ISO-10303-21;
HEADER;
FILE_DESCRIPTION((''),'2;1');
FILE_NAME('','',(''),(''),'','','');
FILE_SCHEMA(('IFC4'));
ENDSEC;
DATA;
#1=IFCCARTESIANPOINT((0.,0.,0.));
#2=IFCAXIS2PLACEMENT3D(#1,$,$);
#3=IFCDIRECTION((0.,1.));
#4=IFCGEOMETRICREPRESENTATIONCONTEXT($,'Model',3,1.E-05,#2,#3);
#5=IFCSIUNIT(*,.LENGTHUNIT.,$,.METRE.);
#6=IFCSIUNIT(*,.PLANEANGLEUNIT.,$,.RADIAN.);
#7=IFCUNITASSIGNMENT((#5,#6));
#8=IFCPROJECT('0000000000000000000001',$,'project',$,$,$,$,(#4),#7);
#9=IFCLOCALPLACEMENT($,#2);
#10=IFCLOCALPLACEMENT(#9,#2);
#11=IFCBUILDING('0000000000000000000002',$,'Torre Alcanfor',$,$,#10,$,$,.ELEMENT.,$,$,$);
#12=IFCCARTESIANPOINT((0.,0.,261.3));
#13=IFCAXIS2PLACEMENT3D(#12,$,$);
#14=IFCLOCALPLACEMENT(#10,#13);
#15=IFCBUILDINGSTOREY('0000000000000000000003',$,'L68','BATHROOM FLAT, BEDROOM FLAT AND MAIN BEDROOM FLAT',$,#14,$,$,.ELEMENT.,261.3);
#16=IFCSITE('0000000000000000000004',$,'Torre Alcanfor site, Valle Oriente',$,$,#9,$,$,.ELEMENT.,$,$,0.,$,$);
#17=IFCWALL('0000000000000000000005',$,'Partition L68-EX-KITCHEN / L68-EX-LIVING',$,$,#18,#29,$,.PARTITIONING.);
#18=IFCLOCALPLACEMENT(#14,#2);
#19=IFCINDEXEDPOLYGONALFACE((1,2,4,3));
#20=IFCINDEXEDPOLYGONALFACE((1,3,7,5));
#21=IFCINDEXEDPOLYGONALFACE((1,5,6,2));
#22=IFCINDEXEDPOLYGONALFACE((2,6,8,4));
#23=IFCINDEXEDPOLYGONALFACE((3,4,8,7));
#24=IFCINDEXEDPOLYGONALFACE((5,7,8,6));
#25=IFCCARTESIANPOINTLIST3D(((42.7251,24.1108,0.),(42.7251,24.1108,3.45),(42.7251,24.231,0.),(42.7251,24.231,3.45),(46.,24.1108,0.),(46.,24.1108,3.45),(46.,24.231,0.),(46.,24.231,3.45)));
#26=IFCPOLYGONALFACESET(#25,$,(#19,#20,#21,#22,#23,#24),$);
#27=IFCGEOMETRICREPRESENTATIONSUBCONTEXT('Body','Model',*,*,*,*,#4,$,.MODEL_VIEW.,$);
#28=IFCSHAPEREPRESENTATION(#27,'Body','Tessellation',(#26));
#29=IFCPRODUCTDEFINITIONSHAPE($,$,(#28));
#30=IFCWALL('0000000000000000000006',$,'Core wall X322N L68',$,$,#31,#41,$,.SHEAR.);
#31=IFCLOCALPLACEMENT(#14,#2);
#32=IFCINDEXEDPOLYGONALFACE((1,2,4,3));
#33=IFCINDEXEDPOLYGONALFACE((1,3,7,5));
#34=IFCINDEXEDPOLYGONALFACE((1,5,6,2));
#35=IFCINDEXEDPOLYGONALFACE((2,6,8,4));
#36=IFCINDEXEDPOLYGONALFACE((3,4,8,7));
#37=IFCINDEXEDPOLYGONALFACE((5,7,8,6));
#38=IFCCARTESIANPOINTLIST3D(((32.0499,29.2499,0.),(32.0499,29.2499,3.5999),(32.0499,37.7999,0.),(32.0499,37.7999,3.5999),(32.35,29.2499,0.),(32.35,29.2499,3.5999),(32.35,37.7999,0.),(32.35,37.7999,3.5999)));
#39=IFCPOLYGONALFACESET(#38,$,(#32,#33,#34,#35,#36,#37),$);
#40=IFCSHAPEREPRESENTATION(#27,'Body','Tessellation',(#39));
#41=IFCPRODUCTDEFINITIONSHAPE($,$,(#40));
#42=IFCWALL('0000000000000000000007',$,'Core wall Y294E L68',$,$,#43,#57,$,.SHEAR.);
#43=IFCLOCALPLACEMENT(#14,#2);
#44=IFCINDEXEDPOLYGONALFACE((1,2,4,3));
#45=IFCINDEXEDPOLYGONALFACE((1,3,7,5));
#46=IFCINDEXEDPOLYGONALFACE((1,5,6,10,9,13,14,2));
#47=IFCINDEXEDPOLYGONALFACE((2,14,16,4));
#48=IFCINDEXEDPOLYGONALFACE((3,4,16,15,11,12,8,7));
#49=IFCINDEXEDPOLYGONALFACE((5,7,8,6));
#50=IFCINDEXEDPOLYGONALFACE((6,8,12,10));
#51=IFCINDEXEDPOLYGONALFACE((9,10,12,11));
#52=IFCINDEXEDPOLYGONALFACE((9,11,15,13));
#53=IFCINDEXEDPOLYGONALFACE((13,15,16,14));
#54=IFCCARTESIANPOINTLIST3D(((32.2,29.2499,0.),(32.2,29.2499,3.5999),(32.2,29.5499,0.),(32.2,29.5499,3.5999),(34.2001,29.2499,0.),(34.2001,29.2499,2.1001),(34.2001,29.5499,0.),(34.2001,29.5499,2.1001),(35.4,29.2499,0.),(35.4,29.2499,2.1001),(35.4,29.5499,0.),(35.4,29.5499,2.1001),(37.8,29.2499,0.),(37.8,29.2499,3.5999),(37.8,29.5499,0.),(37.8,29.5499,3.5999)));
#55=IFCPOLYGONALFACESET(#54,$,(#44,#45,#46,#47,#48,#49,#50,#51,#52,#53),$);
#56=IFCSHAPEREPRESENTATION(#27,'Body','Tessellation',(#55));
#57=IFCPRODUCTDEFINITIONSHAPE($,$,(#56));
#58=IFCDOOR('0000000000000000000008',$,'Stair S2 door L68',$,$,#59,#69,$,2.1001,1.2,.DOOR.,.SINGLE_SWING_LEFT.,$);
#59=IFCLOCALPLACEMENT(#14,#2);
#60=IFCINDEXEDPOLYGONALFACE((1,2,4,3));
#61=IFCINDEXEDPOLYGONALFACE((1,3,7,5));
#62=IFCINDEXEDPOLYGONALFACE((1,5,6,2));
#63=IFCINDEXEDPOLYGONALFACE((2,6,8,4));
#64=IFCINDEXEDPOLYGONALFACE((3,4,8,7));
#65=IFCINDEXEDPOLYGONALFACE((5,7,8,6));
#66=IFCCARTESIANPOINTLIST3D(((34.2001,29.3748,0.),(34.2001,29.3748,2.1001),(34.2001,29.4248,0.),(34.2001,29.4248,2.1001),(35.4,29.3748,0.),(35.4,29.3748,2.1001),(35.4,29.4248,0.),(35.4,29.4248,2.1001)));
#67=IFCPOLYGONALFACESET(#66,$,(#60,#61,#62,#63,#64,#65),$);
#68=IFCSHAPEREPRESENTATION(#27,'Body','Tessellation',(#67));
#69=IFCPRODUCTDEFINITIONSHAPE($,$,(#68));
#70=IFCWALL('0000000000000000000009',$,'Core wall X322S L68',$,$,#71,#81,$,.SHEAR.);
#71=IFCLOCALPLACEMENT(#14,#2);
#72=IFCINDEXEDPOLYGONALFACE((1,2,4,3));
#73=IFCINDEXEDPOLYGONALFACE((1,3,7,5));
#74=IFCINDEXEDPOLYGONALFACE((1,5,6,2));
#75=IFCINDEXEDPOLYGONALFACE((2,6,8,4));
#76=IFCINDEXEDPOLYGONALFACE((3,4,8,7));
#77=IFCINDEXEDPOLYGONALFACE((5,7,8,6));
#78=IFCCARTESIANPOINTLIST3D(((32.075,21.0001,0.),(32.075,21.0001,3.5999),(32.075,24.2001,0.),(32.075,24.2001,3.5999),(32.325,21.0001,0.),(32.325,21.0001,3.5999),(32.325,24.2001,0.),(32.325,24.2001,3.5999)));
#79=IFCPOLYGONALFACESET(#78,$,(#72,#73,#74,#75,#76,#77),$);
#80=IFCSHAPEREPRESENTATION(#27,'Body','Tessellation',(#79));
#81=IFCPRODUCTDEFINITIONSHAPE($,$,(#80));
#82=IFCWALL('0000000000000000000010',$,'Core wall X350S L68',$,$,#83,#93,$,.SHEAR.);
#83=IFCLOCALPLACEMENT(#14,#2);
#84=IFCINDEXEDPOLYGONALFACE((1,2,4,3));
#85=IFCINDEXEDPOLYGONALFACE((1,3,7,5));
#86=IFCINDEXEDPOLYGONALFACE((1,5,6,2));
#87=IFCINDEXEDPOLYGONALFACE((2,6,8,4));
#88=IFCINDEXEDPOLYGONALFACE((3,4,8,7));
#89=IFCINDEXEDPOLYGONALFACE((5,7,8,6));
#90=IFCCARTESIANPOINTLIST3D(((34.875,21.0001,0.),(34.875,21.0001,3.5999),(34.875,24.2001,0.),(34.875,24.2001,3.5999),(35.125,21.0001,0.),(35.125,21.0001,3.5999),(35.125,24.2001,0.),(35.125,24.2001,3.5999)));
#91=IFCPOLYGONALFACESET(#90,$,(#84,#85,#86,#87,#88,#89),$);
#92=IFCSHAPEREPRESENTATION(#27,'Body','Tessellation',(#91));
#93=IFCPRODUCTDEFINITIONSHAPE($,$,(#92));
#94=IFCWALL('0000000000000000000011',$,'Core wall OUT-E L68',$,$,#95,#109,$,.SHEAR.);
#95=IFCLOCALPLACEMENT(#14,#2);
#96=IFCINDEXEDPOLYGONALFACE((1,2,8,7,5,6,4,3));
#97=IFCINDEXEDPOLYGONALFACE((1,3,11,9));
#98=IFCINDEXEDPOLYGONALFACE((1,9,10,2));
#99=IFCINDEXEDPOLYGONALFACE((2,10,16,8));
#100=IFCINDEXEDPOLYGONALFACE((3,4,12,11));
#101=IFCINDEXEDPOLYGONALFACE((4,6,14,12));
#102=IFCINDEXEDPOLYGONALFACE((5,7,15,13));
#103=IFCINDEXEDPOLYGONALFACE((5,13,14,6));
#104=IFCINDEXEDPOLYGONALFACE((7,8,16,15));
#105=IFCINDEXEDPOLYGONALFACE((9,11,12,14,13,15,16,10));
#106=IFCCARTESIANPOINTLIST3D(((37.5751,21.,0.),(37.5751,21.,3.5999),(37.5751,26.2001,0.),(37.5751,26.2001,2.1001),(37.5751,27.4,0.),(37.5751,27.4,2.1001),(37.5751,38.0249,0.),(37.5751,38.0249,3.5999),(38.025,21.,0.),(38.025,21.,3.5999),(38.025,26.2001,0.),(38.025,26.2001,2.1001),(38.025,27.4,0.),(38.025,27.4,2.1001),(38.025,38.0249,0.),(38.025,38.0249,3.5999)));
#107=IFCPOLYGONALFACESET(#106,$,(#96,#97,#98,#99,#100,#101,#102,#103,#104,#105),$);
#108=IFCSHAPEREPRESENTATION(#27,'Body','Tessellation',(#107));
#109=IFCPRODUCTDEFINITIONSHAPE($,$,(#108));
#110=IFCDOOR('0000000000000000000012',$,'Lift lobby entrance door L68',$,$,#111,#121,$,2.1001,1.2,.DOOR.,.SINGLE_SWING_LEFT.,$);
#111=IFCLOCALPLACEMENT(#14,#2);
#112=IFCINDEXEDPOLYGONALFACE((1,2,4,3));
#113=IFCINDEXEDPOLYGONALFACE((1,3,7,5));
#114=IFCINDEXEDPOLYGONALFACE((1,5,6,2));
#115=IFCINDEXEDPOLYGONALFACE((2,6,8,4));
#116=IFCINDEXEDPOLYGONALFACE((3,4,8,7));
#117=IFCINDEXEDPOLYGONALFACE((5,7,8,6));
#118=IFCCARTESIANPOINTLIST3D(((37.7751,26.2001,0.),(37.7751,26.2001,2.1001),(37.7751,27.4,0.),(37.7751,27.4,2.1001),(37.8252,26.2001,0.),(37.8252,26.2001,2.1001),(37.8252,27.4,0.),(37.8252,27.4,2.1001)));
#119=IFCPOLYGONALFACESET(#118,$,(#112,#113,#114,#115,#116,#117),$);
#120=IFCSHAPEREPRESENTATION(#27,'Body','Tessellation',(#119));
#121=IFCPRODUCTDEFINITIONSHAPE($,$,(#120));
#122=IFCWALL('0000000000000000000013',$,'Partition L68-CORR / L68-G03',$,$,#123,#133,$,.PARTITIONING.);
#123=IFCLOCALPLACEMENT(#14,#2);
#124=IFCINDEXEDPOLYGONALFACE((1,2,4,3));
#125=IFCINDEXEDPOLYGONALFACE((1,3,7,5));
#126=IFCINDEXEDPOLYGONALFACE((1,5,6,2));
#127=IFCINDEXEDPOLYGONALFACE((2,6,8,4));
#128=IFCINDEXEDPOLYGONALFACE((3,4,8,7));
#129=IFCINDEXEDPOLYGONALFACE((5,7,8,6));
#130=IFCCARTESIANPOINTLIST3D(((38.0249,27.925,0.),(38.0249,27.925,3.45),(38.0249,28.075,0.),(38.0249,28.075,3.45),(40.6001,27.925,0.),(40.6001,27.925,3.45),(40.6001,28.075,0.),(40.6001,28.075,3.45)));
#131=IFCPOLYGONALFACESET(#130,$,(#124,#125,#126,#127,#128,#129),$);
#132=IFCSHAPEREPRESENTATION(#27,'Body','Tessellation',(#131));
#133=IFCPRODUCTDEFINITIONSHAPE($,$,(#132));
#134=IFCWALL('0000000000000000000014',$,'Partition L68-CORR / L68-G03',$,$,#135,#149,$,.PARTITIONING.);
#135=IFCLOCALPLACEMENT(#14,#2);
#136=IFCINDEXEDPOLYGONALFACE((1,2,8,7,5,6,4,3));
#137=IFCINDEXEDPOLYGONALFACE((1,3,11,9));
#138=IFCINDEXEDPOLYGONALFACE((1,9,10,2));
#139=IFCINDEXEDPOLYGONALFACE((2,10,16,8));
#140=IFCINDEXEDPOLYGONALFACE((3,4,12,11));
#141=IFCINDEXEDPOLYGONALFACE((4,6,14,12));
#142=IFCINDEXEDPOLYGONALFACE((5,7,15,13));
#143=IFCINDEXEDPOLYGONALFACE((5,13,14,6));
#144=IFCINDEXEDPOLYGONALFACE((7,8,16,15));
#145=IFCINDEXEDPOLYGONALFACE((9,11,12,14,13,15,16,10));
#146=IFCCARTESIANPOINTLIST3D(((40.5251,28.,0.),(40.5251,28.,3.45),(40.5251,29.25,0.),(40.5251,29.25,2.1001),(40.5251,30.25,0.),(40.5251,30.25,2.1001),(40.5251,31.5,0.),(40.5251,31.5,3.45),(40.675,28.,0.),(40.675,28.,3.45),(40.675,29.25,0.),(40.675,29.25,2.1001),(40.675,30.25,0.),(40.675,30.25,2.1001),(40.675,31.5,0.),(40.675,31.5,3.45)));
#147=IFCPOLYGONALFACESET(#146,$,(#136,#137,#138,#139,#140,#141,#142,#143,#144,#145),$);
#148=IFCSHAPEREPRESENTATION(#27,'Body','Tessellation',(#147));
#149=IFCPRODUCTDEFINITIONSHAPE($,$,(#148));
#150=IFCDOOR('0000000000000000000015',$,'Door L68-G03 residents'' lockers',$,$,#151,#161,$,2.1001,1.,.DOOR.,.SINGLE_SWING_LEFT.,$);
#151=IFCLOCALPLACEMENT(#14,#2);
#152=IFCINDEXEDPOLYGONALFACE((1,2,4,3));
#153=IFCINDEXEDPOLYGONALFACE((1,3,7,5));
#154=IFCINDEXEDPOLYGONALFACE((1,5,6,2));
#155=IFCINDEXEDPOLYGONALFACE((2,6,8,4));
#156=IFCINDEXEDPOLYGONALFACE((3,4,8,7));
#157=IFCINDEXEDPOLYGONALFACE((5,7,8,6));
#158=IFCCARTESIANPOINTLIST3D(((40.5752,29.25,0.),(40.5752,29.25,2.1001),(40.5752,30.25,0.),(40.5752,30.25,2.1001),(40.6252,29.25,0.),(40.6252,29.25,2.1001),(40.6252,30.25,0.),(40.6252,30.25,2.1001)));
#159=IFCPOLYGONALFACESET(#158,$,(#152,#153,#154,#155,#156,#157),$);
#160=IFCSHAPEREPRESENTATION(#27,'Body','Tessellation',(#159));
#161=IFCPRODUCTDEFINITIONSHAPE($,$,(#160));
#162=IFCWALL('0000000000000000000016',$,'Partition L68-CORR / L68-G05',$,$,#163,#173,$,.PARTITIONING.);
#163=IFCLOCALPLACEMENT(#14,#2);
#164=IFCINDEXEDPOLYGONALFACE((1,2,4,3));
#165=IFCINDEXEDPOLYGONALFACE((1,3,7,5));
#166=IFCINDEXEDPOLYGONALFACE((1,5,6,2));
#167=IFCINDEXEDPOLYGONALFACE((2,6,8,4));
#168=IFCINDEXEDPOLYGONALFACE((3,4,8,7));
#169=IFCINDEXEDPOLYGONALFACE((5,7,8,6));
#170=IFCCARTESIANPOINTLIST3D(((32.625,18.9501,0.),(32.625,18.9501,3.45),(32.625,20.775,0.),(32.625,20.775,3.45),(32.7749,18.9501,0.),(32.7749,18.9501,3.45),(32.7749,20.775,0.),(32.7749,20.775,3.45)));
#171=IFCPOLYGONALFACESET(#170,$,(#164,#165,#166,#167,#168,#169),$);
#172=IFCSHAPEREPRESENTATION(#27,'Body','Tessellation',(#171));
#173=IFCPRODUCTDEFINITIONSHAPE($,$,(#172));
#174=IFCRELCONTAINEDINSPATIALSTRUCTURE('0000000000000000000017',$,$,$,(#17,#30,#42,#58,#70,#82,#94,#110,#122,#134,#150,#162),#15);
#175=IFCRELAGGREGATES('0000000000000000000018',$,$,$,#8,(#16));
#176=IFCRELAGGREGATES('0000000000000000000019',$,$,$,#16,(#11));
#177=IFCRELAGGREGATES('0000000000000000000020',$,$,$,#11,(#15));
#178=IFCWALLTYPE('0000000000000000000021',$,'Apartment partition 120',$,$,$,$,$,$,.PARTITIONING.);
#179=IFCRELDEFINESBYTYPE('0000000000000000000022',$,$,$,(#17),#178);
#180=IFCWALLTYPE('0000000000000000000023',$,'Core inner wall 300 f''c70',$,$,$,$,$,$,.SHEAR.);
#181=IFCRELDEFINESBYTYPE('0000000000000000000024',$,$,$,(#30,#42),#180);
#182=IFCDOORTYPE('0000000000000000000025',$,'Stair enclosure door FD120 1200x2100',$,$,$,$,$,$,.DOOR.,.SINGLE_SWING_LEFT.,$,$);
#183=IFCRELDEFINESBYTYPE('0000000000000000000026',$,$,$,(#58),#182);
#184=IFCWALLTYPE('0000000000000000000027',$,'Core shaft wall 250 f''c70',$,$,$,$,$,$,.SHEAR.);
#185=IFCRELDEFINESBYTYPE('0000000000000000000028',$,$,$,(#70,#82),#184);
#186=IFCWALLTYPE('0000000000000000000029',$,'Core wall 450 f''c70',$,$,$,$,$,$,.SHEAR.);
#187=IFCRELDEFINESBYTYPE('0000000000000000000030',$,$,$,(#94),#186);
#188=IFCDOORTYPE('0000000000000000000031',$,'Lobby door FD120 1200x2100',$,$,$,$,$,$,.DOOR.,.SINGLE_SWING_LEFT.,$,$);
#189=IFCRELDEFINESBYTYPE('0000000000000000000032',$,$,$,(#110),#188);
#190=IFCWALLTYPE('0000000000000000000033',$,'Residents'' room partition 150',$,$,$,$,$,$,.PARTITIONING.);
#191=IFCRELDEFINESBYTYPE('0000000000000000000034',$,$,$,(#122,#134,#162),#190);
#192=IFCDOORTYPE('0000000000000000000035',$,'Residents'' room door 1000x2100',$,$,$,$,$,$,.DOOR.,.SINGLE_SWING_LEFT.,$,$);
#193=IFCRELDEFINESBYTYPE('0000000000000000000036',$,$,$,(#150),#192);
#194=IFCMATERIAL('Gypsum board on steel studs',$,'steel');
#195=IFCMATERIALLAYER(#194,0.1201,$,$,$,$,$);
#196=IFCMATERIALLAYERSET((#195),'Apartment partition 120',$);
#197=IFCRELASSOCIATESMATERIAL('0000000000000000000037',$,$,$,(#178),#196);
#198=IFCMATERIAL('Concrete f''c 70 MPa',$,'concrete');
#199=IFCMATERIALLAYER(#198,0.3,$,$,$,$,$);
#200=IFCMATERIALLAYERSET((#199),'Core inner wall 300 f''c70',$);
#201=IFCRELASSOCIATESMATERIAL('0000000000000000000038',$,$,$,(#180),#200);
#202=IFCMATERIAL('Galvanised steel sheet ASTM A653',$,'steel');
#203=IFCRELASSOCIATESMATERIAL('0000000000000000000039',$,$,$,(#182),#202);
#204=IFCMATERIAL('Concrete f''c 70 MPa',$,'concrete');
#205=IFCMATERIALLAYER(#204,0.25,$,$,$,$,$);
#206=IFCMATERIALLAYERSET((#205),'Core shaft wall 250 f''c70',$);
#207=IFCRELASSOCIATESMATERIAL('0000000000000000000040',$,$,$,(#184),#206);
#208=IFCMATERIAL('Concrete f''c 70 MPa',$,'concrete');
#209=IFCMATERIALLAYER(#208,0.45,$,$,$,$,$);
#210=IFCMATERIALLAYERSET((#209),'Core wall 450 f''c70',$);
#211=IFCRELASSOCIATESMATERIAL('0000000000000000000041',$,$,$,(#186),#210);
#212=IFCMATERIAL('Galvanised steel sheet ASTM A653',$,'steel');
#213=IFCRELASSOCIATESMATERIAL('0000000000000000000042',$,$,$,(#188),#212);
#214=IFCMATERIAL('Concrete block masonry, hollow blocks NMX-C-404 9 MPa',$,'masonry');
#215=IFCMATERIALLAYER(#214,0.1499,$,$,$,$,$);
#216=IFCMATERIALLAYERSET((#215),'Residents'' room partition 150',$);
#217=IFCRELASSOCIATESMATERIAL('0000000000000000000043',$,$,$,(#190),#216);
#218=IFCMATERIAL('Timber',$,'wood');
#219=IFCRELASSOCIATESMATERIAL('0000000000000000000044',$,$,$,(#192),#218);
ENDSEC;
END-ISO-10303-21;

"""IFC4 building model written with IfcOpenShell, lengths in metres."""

from ifc_helpers import new_model, si_unit, direction, frame, frame_2d, origin, place, context, subcontext, project, spatial, rectangle, extrude, material, layer, layer_set, type_object, element, fill, save


model = new_model("IFC4")

# Units and contexts
model_context = context("Model", 3, precision=1e-05, world=origin(), true_north=direction((0.0, 1.0)))
body_context = subcontext(model_context, "Body", "Model", "MODEL_VIEW")
ifc_project = project(units=[si_unit("LENGTHUNIT", "METRE"), si_unit("PLANEANGLEUNIT", "RADIAN")], contexts=[model_context])

# Site, building, storey
site_placement = place(None, origin())
site = spatial("IfcSite", under=ifc_project, at=site_placement, Name="Torre Alcanfor site, Valle Oriente", CompositionType="ELEMENT", RefElevation=0.0)
building_placement = place(site_placement, origin())
building = spatial("IfcBuilding", under=site, at=building_placement, Name="Torre Alcanfor", CompositionType="ELEMENT")
storey_placement = place(building_placement, frame((0.0, 0.0, 261.3)))
storey = spatial("IfcBuildingStorey", under=building, at=storey_placement, Name="L68", Description="BATHROOM FLAT, BEDROOM FLAT AND MAIN BEDROOM FLAT", CompositionType="ELEMENT", Elevation=261.3)

# Shared definitions
ifc_material_1 = material(Name="Gypsum board on steel studs", Category="steel")
ifc_layer_1 = layer(ifc_material_1, 0.1201)
ifc_layer_set_1 = layer_set([ifc_layer_1], Name="Apartment partition 120")
wall_type_1 = type_object("IfcWallType", Name="Apartment partition 120", PredefinedType="PARTITIONING", material=ifc_layer_set_1)

# Walls
wall_1_placement = place(storey_placement, frame((42.7251, 24.1709, 0.0), z_axis=(0.0, 0.0, 1.0), x_axis=(1.0, 0.0, 0.0)))
element("IfcWall", 1, at=wall_1_placement, inside=storey, type_object=wall_type_1, Name="Partition L68-EX-KITCHEN / L68-EX-LIVING", PredefinedType="PARTITIONING", context=body_context, shape_type="SweptSolid", body=[
    extrude(rectangle(XDim=3.2749, YDim=0.1201, at=frame_2d((1.6375, 0.0))), origin(), (0.0, 0.0, 1.0), 3.45),
])
ifc_material_2 = material(Name="Concrete f'c 70 MPa", Category="concrete")
ifc_layer_2 = layer(ifc_material_2, 0.3)
ifc_layer_set_2 = layer_set([ifc_layer_2], Name="Core inner wall 300 f'c70")
wall_type_2 = type_object("IfcWallType", Name="Core inner wall 300 f'c70", PredefinedType="SHEAR", material=ifc_layer_set_2)
wall_2_placement = place(storey_placement, frame((32.2, 29.25, 0.0), z_axis=(0.0, 0.0, 1.0), x_axis=(0.0, 1.0, 0.0)))
element("IfcWall", 2, at=wall_2_placement, inside=storey, type_object=wall_type_2, Name="Core wall X322N L68", PredefinedType="SHEAR", context=body_context, shape_type="SweptSolid", body=[
    extrude(rectangle(XDim=8.55, YDim=0.3, at=frame_2d((4.2749, 0.0))), origin(), (0.0, 0.0, 1.0), 3.5999),
])

# Wall, opening, door
wall_3_placement = place(storey_placement, frame((32.2, 29.3999, 0.0), z_axis=(0.0, 0.0, 1.0), x_axis=(1.0, 0.0, 0.0)))
wall_3 = element("IfcWall", 3, at=wall_3_placement, inside=storey, type_object=wall_type_2, Name="Core wall Y294E L68", PredefinedType="SHEAR", context=body_context, shape_type="SweptSolid", body=[
    extrude(rectangle(XDim=5.6001, YDim=0.3, at=frame_2d((2.8, 0.0))), origin(), (0.0, 0.0, 1.0), 3.5999),
])
opening_1_placement = place(wall_3_placement, frame((2.0, 0.0, 0.0)))
opening_1 = element("IfcOpeningElement", 4, at=opening_1_placement, cuts=wall_3, PredefinedType="OPENING", context=body_context, shape_type="SweptSolid", body=[
    extrude(rectangle(XDim=1.2, YDim=2.1001, at=frame_2d((0.6001, 1.05))), frame((0.0, 0.1599, 0.0), z_axis=(0.0, -1.0, 0.0), x_axis=(1.0, 0.0, 0.0)), (0.0, 0.0, 1.0), 0.3201),
])
ifc_material_3 = material(Name="Galvanised steel sheet ASTM A653", Category="steel")
door_type_1 = type_object("IfcDoorType", Name="Stair enclosure door FD120 1200x2100", OperationType="SINGLE_SWING_LEFT", PredefinedType="DOOR", material=ifc_material_3)
door_1_placement = place(opening_1_placement, origin())
door_1 = element("IfcDoor", 5, at=door_1_placement, inside=storey, type_object=door_type_1, Name="Stair S2 door L68", OperationType="SINGLE_SWING_LEFT", OverallHeight=2.1001, OverallWidth=1.2, PredefinedType="DOOR", context=body_context, shape_type="SweptSolid", body=[
    extrude(rectangle(XDim=1.2, YDim=2.1001, at=frame_2d((0.6001, 1.05))), frame((0.0, 0.0249, 0.0), z_axis=(0.0, -1.0, 0.0), x_axis=(1.0, 0.0, 0.0)), (0.0, 0.0, 1.0), 0.05),
])
fill(opening_1, door_1)

# Walls
ifc_material_4 = material(Name="Concrete f'c 70 MPa", Category="concrete")
ifc_layer_3 = layer(ifc_material_4, 0.25)
ifc_layer_set_3 = layer_set([ifc_layer_3], Name="Core shaft wall 250 f'c70")
wall_type_3 = type_object("IfcWallType", Name="Core shaft wall 250 f'c70", PredefinedType="SHEAR", material=ifc_layer_set_3)
for number, where, z_axis, x_axis, name in (
    (6, (32.2, 21.0, 0.0), (0.0, 0.0, 1.0), (0.0, 1.0, 0.0), "Core wall X322S L68"),
    (7, (35.0, 21.0, 0.0), (0.0, 0.0, 1.0), (0.0, 1.0, 0.0), "Core wall X350S L68"),
):
    element("IfcWall", number, at=place(storey_placement, frame(where, z_axis=z_axis, x_axis=x_axis)), inside=storey, type_object=wall_type_3, Name=name, PredefinedType="SHEAR", context=body_context, shape_type="SweptSolid", body=[
        extrude(rectangle(XDim=3.2, YDim=0.25, at=frame_2d((1.6001, 0.0))), origin(), (0.0, 0.0, 1.0), 3.5999),
    ])

# Wall, opening, door
ifc_material_5 = material(Name="Concrete f'c 70 MPa", Category="concrete")
ifc_layer_4 = layer(ifc_material_5, 0.45)
ifc_layer_set_4 = layer_set([ifc_layer_4], Name="Core wall 450 f'c70")
wall_type_4 = type_object("IfcWallType", Name="Core wall 450 f'c70", PredefinedType="SHEAR", material=ifc_layer_set_4)
wall_4_placement = place(storey_placement, frame((37.8, 21.0, 0.0), z_axis=(0.0, 0.0, 1.0), x_axis=(0.0, 1.0, 0.0)))
wall_4 = element("IfcWall", 8, at=wall_4_placement, inside=storey, type_object=wall_type_4, Name="Core wall OUT-E L68", PredefinedType="SHEAR", context=body_context, shape_type="SweptSolid", body=[
    extrude(rectangle(XDim=17.0249, YDim=0.45, at=frame_2d((8.5125, 0.0))), origin(), (0.0, 0.0, 1.0), 3.5999),
])
opening_2_placement = place(wall_4_placement, frame((5.2, 0.0, 0.0)))
opening_2 = element("IfcOpeningElement", 9, at=opening_2_placement, cuts=wall_4, PredefinedType="OPENING", context=body_context, shape_type="SweptSolid", body=[
    extrude(rectangle(XDim=1.2, YDim=2.1001, at=frame_2d((0.6001, 1.05))), frame((0.0, 0.2349, 0.0), z_axis=(0.0, -1.0, 0.0), x_axis=(1.0, 0.0, 0.0)), (0.0, 0.0, 1.0), 0.47),
])
ifc_material_6 = material(Name="Galvanised steel sheet ASTM A653", Category="steel")
door_type_2 = type_object("IfcDoorType", Name="Lobby door FD120 1200x2100", OperationType="SINGLE_SWING_LEFT", PredefinedType="DOOR", material=ifc_material_6)
door_2_placement = place(opening_2_placement, origin())
door_2 = element("IfcDoor", 10, at=door_2_placement, inside=storey, type_object=door_type_2, Name="Lift lobby entrance door L68", OperationType="SINGLE_SWING_LEFT", OverallHeight=2.1001, OverallWidth=1.2, PredefinedType="DOOR", context=body_context, shape_type="SweptSolid", body=[
    extrude(rectangle(XDim=1.2, YDim=2.1001, at=frame_2d((0.6001, 1.05))), frame((0.0, 0.0249, 0.0), z_axis=(0.0, -1.0, 0.0), x_axis=(1.0, 0.0, 0.0)), (0.0, 0.0, 1.0), 0.05),
])
fill(opening_2, door_2)

# Wall
ifc_material_7 = material(Name="Concrete block masonry, hollow blocks NMX-C-404 9 MPa", Category="masonry")
ifc_layer_5 = layer(ifc_material_7, 0.1499)
ifc_layer_set_5 = layer_set([ifc_layer_5], Name="Residents' room partition 150")
wall_type_5 = type_object("IfcWallType", Name="Residents' room partition 150", PredefinedType="PARTITIONING", material=ifc_layer_set_5)
wall_5_placement = place(storey_placement, frame((38.0249, 28.0, 0.0), z_axis=(0.0, 0.0, 1.0), x_axis=(1.0, 0.0, 0.0)))
element("IfcWall", 11, at=wall_5_placement, inside=storey, type_object=wall_type_5, Name="Partition L68-CORR / L68-G03", PredefinedType="PARTITIONING", context=body_context, shape_type="SweptSolid", body=[
    extrude(rectangle(XDim=2.5752, YDim=0.1499, at=frame_2d((1.2876, 0.0))), origin(), (0.0, 0.0, 1.0), 3.45),
])

# Wall, opening, door
wall_6_placement = place(storey_placement, frame((40.6001, 28.0, 0.0), z_axis=(0.0, 0.0, 1.0), x_axis=(0.0, 1.0, 0.0)))
wall_6 = element("IfcWall", 12, at=wall_6_placement, inside=storey, type_object=wall_type_5, Name="Partition L68-CORR / L68-G03", PredefinedType="PARTITIONING", context=body_context, shape_type="SweptSolid", body=[
    extrude(rectangle(XDim=3.5, YDim=0.1499, at=frame_2d((1.75, 0.0))), origin(), (0.0, 0.0, 1.0), 3.45),
])
opening_3_placement = place(wall_6_placement, frame((1.25, 0.0, 0.0)))
opening_3 = element("IfcOpeningElement", 13, at=opening_3_placement, cuts=wall_6, PredefinedType="OPENING", context=body_context, shape_type="SweptSolid", body=[
    extrude(rectangle(XDim=1.0, YDim=2.1001, at=frame_2d((0.5, 1.05))), frame((0.0, 0.085, 0.0), z_axis=(0.0, -1.0, 0.0), x_axis=(1.0, 0.0, 0.0)), (0.0, 0.0, 1.0), 0.1699),
])
ifc_material_8 = material(Name="Timber", Category="wood")
door_type_3 = type_object("IfcDoorType", Name="Residents' room door 1000x2100", OperationType="SINGLE_SWING_LEFT", PredefinedType="DOOR", material=ifc_material_8)
door_3_placement = place(opening_3_placement, origin())
door_3 = element("IfcDoor", 14, at=door_3_placement, inside=storey, type_object=door_type_3, Name="Door L68-G03 residents' lockers", OperationType="SINGLE_SWING_LEFT", OverallHeight=2.1001, OverallWidth=1.0, PredefinedType="DOOR", context=body_context, shape_type="SweptSolid", body=[
    extrude(rectangle(XDim=1.0, YDim=2.1001, at=frame_2d((0.5, 1.05))), frame((0.0, 0.0249, 0.0), z_axis=(0.0, -1.0, 0.0), x_axis=(1.0, 0.0, 0.0)), (0.0, 0.0, 1.0), 0.05),
])
fill(opening_3, door_3)

# Wall
wall_7_placement = place(storey_placement, frame((32.7, 18.95, 0.0), z_axis=(0.0, 0.0, 1.0), x_axis=(0.0, 1.0, 0.0)))
element("IfcWall", 15, at=wall_7_placement, inside=storey, type_object=wall_type_5, Name="Partition L68-CORR / L68-G05", PredefinedType="PARTITIONING", context=body_context, shape_type="SweptSolid", body=[
    extrude(rectangle(XDim=1.825, YDim=0.1499, at=frame_2d((0.9126, 0.0))), origin(), (0.0, 0.0, 1.0), 3.45),
])

save(model, "model.ifc")
